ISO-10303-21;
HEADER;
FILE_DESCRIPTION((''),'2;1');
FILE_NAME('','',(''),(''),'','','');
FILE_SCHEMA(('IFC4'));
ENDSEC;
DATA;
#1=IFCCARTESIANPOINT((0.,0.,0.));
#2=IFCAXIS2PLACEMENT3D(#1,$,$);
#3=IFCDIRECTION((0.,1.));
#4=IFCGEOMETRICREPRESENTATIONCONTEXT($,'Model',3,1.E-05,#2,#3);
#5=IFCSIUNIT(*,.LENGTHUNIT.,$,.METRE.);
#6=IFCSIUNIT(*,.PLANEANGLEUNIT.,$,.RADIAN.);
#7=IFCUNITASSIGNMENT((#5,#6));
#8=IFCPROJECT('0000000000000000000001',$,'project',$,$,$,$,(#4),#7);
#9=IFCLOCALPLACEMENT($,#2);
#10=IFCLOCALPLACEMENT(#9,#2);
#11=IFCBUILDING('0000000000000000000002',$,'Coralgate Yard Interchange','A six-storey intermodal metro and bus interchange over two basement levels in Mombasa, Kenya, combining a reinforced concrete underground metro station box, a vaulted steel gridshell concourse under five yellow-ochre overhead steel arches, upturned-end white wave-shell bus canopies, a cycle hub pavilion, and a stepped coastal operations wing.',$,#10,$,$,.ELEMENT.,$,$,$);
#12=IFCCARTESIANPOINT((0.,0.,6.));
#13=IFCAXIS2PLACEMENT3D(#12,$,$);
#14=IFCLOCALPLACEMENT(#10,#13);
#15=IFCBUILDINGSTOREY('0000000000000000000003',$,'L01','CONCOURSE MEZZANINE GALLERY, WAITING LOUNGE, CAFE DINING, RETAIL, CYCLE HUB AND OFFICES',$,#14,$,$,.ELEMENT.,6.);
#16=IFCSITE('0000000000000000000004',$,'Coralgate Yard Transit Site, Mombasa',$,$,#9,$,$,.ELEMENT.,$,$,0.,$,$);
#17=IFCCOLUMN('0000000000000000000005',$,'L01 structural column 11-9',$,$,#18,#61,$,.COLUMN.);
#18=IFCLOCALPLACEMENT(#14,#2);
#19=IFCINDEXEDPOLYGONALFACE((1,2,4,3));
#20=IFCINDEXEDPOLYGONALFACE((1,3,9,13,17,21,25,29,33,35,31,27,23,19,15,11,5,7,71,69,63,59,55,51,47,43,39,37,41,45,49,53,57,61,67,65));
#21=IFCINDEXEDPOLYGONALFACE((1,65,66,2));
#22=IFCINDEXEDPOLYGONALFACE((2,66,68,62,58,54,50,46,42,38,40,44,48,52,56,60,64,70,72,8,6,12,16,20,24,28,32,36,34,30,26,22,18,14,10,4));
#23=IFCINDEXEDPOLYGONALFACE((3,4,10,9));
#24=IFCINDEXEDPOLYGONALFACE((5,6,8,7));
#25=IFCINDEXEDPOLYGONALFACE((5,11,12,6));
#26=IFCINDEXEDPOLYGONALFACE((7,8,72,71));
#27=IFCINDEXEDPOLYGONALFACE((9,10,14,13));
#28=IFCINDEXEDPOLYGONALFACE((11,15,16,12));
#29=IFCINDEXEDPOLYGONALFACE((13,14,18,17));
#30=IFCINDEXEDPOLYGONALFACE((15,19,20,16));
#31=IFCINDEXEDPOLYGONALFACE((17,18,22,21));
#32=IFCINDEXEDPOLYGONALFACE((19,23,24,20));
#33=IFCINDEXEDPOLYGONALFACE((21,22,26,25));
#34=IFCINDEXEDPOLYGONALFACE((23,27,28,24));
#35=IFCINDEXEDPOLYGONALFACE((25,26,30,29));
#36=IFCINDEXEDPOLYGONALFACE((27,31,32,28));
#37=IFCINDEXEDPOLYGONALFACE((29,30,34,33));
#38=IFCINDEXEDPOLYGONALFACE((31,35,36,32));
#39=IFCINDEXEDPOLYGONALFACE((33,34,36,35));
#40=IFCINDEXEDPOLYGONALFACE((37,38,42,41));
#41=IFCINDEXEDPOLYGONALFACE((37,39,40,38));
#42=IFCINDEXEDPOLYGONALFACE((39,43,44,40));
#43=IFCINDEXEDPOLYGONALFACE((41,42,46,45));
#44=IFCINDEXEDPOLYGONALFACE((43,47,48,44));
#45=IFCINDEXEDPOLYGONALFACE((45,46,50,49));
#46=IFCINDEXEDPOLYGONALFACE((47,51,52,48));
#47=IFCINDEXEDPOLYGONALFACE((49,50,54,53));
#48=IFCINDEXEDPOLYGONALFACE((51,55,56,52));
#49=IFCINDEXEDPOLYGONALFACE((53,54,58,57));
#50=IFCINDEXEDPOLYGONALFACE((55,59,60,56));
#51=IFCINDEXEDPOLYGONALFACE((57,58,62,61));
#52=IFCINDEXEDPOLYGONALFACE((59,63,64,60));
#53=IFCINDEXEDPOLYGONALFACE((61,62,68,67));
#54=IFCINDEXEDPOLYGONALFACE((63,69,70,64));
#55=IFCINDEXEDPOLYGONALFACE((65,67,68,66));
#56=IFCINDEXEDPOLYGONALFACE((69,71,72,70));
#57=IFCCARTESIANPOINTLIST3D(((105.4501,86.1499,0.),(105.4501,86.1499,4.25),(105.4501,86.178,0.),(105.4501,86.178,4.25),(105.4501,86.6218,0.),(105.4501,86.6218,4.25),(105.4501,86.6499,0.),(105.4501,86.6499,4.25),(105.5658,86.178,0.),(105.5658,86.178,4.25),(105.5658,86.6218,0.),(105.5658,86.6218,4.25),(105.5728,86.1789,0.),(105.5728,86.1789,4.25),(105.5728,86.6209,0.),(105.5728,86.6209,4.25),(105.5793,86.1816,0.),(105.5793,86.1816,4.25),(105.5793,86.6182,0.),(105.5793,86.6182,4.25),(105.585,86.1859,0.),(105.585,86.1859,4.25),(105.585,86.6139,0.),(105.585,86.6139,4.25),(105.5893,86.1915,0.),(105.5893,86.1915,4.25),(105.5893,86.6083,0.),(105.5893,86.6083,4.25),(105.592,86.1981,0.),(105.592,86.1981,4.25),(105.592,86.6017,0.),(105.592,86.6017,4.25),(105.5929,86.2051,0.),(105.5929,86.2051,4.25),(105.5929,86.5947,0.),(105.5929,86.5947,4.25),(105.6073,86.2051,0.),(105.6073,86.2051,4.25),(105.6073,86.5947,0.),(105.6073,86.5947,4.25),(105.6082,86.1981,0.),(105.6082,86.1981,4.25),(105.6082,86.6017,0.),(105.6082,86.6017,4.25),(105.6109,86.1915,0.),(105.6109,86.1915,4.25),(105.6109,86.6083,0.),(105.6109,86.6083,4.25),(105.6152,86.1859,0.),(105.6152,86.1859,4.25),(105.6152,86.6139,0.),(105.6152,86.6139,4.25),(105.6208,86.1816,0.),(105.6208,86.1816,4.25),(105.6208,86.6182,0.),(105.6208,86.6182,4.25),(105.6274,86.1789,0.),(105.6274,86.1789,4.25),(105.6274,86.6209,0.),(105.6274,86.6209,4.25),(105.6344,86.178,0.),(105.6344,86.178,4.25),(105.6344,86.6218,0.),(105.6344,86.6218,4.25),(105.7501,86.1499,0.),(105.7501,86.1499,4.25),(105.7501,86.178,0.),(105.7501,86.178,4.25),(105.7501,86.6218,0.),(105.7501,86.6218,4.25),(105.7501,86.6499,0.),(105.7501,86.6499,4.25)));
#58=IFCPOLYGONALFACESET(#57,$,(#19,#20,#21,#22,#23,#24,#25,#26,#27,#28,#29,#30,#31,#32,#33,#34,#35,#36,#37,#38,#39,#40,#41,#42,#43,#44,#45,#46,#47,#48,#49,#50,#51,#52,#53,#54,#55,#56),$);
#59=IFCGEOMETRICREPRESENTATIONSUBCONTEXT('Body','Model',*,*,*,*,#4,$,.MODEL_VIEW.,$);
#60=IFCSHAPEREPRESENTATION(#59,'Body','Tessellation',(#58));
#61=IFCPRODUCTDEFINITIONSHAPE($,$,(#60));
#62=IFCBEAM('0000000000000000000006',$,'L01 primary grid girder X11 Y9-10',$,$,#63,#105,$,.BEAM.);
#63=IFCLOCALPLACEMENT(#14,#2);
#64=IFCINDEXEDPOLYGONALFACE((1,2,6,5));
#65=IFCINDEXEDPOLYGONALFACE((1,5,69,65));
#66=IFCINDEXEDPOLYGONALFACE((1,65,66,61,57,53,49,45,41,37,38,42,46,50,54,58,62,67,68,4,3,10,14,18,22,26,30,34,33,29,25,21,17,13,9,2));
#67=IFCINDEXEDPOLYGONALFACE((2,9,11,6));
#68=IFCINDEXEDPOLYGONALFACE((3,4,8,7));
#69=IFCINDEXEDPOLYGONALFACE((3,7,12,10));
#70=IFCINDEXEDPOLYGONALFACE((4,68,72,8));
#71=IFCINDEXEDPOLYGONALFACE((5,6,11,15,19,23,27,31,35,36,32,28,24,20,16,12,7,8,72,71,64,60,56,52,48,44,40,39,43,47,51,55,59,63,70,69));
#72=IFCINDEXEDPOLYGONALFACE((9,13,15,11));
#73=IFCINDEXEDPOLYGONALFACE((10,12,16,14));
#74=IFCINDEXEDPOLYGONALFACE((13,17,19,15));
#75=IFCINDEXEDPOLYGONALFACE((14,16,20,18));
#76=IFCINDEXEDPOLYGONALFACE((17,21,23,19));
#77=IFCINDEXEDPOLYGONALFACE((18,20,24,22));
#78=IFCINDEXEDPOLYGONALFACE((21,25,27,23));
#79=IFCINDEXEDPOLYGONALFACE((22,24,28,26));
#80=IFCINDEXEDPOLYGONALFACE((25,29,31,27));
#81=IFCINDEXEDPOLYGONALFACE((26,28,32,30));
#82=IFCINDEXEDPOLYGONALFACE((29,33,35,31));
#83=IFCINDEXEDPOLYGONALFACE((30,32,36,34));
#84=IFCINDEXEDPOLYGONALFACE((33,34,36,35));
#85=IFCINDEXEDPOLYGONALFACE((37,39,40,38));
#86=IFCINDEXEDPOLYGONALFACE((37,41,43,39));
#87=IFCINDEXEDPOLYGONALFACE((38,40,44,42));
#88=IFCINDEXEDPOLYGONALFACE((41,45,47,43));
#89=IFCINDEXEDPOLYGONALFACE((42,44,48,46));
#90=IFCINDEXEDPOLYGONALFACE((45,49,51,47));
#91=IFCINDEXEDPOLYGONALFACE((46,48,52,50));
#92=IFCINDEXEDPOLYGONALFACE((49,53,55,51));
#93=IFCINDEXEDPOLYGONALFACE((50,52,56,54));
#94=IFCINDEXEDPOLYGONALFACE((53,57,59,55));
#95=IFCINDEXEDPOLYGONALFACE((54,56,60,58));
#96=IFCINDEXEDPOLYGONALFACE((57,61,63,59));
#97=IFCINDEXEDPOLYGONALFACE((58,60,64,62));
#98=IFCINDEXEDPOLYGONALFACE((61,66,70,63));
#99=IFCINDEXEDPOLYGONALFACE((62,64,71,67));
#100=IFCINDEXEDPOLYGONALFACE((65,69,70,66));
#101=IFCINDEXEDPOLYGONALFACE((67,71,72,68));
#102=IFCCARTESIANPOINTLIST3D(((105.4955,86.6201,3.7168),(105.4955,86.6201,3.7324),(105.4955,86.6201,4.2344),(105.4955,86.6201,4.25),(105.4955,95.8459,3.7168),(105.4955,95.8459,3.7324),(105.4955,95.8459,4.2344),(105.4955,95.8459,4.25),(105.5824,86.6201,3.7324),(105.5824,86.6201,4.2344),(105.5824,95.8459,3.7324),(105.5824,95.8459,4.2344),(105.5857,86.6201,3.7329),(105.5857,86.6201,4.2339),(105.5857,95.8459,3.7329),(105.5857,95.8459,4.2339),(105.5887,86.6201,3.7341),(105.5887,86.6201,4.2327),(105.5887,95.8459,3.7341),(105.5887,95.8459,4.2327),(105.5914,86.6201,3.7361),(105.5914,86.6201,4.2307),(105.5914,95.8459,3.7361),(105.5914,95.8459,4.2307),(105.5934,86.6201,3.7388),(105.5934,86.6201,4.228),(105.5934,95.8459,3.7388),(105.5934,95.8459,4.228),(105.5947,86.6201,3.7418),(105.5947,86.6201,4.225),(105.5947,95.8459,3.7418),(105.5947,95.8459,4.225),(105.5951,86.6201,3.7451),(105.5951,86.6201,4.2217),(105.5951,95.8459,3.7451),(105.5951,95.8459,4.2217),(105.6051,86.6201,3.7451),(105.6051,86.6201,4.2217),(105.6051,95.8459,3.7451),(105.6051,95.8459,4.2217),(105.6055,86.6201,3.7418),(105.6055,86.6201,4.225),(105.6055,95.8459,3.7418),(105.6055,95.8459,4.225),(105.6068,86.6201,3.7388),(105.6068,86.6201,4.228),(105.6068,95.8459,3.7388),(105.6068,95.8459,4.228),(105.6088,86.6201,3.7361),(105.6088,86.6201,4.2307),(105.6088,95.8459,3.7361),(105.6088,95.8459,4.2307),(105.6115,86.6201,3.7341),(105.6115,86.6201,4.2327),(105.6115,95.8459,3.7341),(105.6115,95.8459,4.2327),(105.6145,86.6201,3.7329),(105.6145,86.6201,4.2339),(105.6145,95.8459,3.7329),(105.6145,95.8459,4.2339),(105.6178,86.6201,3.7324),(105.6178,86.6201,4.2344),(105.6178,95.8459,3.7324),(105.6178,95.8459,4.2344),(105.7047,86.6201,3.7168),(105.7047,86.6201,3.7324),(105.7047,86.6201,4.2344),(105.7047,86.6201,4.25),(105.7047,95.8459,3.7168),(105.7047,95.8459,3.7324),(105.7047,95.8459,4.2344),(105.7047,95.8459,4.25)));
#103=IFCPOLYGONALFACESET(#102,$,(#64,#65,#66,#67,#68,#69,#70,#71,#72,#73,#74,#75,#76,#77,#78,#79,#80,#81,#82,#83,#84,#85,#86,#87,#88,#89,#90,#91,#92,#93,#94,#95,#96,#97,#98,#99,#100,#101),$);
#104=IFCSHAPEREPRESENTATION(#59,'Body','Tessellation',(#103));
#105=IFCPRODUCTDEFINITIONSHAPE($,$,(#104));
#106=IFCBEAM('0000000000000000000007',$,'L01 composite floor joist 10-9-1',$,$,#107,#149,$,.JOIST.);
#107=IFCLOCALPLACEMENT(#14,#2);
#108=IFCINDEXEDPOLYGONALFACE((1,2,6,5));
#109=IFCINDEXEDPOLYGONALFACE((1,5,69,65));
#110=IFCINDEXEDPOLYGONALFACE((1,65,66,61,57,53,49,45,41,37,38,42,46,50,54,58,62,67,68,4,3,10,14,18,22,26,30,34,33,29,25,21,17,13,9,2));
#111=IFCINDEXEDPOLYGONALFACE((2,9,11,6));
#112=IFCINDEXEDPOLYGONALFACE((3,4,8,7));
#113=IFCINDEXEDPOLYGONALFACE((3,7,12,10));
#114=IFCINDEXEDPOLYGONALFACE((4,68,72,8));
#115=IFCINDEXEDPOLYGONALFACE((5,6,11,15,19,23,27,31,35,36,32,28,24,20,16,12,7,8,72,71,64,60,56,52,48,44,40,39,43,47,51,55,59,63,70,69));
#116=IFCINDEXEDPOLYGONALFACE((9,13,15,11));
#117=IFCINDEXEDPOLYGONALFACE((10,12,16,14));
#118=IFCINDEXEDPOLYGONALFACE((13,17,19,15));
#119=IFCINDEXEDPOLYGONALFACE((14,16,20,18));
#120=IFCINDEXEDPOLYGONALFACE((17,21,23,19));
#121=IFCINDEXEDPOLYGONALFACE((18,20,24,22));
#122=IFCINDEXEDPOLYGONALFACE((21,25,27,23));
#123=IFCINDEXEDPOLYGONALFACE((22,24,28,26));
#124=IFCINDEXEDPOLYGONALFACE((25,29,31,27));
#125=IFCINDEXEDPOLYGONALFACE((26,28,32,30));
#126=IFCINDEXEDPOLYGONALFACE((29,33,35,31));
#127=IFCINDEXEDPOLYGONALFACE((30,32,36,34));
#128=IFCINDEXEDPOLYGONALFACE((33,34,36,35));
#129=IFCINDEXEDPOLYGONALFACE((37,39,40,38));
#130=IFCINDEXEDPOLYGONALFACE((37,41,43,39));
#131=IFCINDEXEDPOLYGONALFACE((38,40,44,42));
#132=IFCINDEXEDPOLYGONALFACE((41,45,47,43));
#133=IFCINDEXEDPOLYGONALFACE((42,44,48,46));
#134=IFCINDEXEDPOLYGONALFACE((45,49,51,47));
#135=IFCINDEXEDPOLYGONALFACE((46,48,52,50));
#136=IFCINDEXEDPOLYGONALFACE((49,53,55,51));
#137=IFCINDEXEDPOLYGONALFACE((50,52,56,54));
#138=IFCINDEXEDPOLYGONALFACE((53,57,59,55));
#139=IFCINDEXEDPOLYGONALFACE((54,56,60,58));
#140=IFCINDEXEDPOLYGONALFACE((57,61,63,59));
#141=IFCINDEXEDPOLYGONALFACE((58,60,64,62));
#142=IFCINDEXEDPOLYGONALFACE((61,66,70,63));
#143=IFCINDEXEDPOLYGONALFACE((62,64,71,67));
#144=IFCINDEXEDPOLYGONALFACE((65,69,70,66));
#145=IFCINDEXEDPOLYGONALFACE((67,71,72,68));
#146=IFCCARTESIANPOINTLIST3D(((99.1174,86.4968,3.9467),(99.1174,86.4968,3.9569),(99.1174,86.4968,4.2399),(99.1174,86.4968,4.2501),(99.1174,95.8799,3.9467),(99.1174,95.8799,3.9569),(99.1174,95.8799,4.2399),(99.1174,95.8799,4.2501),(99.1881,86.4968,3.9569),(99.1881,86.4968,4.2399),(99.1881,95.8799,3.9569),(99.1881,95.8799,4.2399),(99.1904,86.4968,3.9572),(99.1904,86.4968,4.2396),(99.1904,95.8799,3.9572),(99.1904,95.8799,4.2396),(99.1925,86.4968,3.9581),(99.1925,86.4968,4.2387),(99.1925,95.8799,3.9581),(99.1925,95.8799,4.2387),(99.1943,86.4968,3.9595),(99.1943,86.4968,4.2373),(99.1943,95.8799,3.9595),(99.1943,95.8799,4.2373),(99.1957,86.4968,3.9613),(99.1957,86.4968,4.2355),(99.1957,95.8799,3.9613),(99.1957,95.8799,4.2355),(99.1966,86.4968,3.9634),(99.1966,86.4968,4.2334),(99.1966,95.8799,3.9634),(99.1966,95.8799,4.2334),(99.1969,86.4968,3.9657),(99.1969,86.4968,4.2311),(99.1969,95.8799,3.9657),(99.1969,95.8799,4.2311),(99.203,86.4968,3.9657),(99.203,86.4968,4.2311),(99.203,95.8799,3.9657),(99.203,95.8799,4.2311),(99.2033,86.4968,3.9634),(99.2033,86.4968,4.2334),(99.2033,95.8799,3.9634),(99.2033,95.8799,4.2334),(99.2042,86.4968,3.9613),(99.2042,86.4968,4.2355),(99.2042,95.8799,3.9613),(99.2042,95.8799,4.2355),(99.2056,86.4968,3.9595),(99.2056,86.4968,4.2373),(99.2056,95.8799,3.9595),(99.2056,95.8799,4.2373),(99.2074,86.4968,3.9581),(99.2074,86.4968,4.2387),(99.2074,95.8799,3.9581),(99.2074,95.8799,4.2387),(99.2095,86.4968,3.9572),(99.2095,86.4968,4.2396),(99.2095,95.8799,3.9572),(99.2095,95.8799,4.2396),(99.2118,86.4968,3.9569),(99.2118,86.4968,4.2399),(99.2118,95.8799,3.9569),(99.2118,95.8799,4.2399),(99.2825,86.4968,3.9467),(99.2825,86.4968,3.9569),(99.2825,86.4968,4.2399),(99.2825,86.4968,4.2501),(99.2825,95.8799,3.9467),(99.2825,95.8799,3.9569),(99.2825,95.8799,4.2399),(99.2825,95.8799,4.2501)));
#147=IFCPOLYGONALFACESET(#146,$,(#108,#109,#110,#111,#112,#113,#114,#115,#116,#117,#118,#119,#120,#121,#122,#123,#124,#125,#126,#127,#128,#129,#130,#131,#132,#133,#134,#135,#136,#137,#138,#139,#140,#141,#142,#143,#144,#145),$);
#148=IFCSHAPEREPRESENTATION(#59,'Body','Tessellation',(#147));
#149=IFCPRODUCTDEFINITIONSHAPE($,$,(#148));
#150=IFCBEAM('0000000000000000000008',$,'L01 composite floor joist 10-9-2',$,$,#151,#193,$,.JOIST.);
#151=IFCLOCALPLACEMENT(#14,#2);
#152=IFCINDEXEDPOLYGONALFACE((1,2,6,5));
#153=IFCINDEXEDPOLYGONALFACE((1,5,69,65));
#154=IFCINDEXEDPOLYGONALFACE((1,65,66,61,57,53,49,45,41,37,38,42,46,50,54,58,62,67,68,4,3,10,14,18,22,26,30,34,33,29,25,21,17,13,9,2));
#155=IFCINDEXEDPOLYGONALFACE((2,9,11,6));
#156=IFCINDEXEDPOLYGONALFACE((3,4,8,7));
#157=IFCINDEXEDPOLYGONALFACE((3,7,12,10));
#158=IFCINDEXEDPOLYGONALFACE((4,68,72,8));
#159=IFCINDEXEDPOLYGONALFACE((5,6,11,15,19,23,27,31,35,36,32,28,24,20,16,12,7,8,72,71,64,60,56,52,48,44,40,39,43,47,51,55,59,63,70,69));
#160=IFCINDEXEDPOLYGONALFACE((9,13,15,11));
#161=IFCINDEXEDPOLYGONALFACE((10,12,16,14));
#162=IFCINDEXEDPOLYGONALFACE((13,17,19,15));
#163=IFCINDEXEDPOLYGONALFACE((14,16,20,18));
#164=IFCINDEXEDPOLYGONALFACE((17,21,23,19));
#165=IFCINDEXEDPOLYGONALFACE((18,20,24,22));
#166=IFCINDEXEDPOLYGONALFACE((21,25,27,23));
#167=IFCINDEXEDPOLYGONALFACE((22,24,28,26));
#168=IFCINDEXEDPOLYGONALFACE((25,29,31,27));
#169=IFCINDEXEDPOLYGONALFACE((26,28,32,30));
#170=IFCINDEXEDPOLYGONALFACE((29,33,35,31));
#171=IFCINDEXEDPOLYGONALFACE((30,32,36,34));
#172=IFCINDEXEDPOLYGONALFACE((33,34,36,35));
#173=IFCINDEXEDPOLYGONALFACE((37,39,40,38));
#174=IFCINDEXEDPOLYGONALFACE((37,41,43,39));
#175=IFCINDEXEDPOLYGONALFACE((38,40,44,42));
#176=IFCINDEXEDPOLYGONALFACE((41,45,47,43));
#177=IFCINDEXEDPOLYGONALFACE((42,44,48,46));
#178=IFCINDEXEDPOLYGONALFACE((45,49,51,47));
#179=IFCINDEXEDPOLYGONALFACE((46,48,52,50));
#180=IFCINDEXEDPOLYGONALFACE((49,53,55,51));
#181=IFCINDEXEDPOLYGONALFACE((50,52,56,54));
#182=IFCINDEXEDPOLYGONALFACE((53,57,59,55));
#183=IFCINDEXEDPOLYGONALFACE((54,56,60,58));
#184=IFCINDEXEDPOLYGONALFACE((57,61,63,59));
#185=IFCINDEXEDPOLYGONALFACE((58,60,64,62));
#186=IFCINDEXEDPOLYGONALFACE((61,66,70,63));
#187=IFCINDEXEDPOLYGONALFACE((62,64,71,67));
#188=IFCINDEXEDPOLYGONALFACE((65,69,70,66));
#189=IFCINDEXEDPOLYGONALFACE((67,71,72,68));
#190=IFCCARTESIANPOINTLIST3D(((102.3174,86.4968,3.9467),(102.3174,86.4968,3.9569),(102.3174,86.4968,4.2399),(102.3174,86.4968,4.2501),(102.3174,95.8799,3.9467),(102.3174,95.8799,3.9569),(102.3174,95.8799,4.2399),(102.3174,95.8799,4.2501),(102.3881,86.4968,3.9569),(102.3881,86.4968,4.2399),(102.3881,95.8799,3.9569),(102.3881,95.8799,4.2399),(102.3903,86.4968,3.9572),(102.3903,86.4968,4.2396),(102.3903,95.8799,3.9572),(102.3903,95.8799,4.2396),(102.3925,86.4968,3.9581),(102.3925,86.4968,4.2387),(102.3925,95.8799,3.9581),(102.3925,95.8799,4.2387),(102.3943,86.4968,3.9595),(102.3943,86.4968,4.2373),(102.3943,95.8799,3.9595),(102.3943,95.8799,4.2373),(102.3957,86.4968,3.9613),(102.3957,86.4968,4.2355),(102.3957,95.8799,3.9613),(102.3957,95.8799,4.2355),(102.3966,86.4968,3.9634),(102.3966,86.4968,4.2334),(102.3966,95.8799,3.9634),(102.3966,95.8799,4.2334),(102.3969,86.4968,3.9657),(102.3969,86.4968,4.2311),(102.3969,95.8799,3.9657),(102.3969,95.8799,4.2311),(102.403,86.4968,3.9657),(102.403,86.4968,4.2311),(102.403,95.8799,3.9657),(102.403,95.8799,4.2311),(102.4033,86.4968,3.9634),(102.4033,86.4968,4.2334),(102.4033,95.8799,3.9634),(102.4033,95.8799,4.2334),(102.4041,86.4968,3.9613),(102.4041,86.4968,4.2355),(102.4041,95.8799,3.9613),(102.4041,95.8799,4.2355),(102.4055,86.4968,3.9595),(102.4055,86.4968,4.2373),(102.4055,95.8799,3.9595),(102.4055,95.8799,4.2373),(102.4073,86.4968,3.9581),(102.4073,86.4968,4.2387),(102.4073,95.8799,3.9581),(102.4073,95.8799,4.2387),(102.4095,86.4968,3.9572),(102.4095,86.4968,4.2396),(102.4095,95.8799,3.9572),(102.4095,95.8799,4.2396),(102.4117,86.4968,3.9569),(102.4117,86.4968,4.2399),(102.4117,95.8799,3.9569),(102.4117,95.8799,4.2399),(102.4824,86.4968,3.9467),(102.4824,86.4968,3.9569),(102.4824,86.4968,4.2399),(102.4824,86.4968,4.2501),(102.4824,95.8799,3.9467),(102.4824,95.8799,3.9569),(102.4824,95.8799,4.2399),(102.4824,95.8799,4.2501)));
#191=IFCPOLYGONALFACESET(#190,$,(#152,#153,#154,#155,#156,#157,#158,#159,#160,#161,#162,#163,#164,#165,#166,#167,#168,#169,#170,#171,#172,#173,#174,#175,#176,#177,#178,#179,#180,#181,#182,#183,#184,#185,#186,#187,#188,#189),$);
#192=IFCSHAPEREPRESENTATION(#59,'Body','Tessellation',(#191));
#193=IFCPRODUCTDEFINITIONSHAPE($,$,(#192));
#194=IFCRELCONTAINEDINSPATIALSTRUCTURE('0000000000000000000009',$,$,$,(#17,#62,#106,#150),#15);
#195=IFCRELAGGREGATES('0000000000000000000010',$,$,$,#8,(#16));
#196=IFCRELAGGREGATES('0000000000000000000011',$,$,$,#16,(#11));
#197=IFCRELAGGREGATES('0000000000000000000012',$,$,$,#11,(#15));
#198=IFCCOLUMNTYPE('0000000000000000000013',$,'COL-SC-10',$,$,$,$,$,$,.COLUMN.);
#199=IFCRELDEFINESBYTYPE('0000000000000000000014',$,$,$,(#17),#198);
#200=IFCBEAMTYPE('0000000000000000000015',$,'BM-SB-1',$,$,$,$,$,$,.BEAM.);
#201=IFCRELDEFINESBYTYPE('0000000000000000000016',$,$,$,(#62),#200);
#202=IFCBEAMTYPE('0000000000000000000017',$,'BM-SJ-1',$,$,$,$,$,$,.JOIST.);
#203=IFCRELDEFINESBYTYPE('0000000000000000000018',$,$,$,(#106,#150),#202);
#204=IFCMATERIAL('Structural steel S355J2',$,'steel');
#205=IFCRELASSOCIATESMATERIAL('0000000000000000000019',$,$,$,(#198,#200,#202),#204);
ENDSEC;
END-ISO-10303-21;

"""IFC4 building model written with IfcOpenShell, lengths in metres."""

from ifc_helpers import new_model, si_unit, direction, frame, origin, origin_2d, place, context, subcontext, project, spatial, i_section, extrude, material, material_profile, profile_set, type_object, element, save


model = new_model("IFC4")

# Units and contexts
model_context = context("Model", 3, precision=1e-05, world=origin(), true_north=direction((0.0, 1.0)))
body_context = subcontext(model_context, "Body", "Model", "MODEL_VIEW")
ifc_project = project(units=[si_unit("LENGTHUNIT", "METRE"), si_unit("PLANEANGLEUNIT", "RADIAN")], contexts=[model_context])

# Site, building, storey
site_placement = place(None, origin())
site = spatial("IfcSite", under=ifc_project, at=site_placement, Name="Coralgate Yard Transit Site, Mombasa", CompositionType="ELEMENT", RefElevation=0.0)
building_placement = place(site_placement, origin())
building = spatial("IfcBuilding", under=site, at=building_placement, Name="Coralgate Yard Interchange", Description="A six-storey intermodal metro and bus interchange over two basement levels in Mombasa, Kenya, combining a reinforced concrete underground metro station box, a vaulted steel gridshell concourse under five yellow-ochre overhead steel arches, upturned-end white wave-shell bus canopies, a cycle hub pavilion, and a stepped coastal operations wing.", CompositionType="ELEMENT")
storey_placement = place(building_placement, frame((0.0, 0.0, 6.0)))
storey = spatial("IfcBuildingStorey", under=building, at=storey_placement, Name="L01", Description="CONCOURSE MEZZANINE GALLERY, WAITING LOUNGE, CAFE DINING, RETAIL, CYCLE HUB AND OFFICES", CompositionType="ELEMENT", Elevation=6.0)

# Column
ifc_material_1 = material(Name="Structural steel S355J2", Category="steel")
ifc_material_profile_1 = material_profile(ifc_material_1, i_section(OverallWidth=0.3, OverallDepth=0.5, WebThickness=0.0144, FlangeThickness=0.0281, FilletRadius=0.0271, at=origin_2d()), Name="HEB 500")
ifc_profile_set_1 = profile_set([ifc_material_profile_1], Name="Structural steel S355J2")
column_type = type_object("IfcColumnType", Name="COL-SC-10", PredefinedType="COLUMN", material=ifc_profile_set_1)
column_placement = place(storey_placement, frame((105.6001, 86.3999, 0.0), z_axis=(0.0, 0.0, 1.0), x_axis=(1.0, 0.0, 0.0)))
element("IfcColumn", 1, at=column_placement, inside=storey, type_object=column_type, Name="L01 structural column 11-9", PredefinedType="COLUMN", context=body_context, shape_type="SweptSolid", body=[
    extrude(i_section(OverallWidth=0.3, OverallDepth=0.5, WebThickness=0.0144, FlangeThickness=0.0281, FilletRadius=0.0271, at=origin_2d()), origin(), (0.0, 0.0, 1.0), 4.25),
])

# Beams
ifc_material_profile_2 = material_profile(ifc_material_1, i_section(OverallWidth=0.2092, OverallDepth=0.5332, WebThickness=0.01, FlangeThickness=0.0156, FilletRadius=0.0127, at=origin_2d()), Name="UB 533x210x92")
ifc_profile_set_2 = profile_set([ifc_material_profile_2], Name="Structural steel S355J2")
beam_type_1 = type_object("IfcBeamType", Name="BM-SB-1", PredefinedType="BEAM", material=ifc_profile_set_2)
beam_placement = place(storey_placement, frame((105.6001, 86.6201, 3.9834), z_axis=(0.0, 1.0, 0.0), x_axis=(-1.0, 0.0, 0.0)))
element("IfcBeam", 2, at=beam_placement, inside=storey, type_object=beam_type_1, Name="L01 primary grid girder X11 Y9-10", PredefinedType="BEAM", context=body_context, shape_type="SweptSolid", body=[
    extrude(i_section(OverallWidth=0.2092, OverallDepth=0.5332, WebThickness=0.01, FlangeThickness=0.0156, FilletRadius=0.0127, at=origin_2d()), origin(), (0.0, 0.0, 1.0), 9.2258),
])
ifc_material_profile_3 = material_profile(ifc_material_1, i_section(OverallWidth=0.165, OverallDepth=0.3035, WebThickness=0.0061, FlangeThickness=0.0103, FilletRadius=0.0088, at=origin_2d()), Name="UB 305x165x40")
ifc_profile_set_3 = profile_set([ifc_material_profile_3], Name="Structural steel S355J2")
beam_type_2 = type_object("IfcBeamType", Name="BM-SJ-1", PredefinedType="JOIST", material=ifc_profile_set_3)
for number, where, z_axis, x_axis, name in (
    (3, (99.2, 86.4968, 4.0984), (0.0, 1.0, 0.0), (-1.0, 0.0, 0.0), "L01 composite floor joist 10-9-1"),
    (4, (102.3999, 86.4968, 4.0984), (0.0, 1.0, 0.0), (-1.0, 0.0, 0.0), "L01 composite floor joist 10-9-2"),
):
    element("IfcBeam", number, at=place(storey_placement, frame(where, z_axis=z_axis, x_axis=x_axis)), inside=storey, type_object=beam_type_2, Name=name, PredefinedType="JOIST", context=body_context, shape_type="SweptSolid", body=[
        extrude(i_section(OverallWidth=0.165, OverallDepth=0.3035, WebThickness=0.0061, FlangeThickness=0.0103, FilletRadius=0.0088, at=origin_2d()), origin(), (0.0, 0.0, 1.0), 9.3831),
    ])

save(model, "model.ifc")
